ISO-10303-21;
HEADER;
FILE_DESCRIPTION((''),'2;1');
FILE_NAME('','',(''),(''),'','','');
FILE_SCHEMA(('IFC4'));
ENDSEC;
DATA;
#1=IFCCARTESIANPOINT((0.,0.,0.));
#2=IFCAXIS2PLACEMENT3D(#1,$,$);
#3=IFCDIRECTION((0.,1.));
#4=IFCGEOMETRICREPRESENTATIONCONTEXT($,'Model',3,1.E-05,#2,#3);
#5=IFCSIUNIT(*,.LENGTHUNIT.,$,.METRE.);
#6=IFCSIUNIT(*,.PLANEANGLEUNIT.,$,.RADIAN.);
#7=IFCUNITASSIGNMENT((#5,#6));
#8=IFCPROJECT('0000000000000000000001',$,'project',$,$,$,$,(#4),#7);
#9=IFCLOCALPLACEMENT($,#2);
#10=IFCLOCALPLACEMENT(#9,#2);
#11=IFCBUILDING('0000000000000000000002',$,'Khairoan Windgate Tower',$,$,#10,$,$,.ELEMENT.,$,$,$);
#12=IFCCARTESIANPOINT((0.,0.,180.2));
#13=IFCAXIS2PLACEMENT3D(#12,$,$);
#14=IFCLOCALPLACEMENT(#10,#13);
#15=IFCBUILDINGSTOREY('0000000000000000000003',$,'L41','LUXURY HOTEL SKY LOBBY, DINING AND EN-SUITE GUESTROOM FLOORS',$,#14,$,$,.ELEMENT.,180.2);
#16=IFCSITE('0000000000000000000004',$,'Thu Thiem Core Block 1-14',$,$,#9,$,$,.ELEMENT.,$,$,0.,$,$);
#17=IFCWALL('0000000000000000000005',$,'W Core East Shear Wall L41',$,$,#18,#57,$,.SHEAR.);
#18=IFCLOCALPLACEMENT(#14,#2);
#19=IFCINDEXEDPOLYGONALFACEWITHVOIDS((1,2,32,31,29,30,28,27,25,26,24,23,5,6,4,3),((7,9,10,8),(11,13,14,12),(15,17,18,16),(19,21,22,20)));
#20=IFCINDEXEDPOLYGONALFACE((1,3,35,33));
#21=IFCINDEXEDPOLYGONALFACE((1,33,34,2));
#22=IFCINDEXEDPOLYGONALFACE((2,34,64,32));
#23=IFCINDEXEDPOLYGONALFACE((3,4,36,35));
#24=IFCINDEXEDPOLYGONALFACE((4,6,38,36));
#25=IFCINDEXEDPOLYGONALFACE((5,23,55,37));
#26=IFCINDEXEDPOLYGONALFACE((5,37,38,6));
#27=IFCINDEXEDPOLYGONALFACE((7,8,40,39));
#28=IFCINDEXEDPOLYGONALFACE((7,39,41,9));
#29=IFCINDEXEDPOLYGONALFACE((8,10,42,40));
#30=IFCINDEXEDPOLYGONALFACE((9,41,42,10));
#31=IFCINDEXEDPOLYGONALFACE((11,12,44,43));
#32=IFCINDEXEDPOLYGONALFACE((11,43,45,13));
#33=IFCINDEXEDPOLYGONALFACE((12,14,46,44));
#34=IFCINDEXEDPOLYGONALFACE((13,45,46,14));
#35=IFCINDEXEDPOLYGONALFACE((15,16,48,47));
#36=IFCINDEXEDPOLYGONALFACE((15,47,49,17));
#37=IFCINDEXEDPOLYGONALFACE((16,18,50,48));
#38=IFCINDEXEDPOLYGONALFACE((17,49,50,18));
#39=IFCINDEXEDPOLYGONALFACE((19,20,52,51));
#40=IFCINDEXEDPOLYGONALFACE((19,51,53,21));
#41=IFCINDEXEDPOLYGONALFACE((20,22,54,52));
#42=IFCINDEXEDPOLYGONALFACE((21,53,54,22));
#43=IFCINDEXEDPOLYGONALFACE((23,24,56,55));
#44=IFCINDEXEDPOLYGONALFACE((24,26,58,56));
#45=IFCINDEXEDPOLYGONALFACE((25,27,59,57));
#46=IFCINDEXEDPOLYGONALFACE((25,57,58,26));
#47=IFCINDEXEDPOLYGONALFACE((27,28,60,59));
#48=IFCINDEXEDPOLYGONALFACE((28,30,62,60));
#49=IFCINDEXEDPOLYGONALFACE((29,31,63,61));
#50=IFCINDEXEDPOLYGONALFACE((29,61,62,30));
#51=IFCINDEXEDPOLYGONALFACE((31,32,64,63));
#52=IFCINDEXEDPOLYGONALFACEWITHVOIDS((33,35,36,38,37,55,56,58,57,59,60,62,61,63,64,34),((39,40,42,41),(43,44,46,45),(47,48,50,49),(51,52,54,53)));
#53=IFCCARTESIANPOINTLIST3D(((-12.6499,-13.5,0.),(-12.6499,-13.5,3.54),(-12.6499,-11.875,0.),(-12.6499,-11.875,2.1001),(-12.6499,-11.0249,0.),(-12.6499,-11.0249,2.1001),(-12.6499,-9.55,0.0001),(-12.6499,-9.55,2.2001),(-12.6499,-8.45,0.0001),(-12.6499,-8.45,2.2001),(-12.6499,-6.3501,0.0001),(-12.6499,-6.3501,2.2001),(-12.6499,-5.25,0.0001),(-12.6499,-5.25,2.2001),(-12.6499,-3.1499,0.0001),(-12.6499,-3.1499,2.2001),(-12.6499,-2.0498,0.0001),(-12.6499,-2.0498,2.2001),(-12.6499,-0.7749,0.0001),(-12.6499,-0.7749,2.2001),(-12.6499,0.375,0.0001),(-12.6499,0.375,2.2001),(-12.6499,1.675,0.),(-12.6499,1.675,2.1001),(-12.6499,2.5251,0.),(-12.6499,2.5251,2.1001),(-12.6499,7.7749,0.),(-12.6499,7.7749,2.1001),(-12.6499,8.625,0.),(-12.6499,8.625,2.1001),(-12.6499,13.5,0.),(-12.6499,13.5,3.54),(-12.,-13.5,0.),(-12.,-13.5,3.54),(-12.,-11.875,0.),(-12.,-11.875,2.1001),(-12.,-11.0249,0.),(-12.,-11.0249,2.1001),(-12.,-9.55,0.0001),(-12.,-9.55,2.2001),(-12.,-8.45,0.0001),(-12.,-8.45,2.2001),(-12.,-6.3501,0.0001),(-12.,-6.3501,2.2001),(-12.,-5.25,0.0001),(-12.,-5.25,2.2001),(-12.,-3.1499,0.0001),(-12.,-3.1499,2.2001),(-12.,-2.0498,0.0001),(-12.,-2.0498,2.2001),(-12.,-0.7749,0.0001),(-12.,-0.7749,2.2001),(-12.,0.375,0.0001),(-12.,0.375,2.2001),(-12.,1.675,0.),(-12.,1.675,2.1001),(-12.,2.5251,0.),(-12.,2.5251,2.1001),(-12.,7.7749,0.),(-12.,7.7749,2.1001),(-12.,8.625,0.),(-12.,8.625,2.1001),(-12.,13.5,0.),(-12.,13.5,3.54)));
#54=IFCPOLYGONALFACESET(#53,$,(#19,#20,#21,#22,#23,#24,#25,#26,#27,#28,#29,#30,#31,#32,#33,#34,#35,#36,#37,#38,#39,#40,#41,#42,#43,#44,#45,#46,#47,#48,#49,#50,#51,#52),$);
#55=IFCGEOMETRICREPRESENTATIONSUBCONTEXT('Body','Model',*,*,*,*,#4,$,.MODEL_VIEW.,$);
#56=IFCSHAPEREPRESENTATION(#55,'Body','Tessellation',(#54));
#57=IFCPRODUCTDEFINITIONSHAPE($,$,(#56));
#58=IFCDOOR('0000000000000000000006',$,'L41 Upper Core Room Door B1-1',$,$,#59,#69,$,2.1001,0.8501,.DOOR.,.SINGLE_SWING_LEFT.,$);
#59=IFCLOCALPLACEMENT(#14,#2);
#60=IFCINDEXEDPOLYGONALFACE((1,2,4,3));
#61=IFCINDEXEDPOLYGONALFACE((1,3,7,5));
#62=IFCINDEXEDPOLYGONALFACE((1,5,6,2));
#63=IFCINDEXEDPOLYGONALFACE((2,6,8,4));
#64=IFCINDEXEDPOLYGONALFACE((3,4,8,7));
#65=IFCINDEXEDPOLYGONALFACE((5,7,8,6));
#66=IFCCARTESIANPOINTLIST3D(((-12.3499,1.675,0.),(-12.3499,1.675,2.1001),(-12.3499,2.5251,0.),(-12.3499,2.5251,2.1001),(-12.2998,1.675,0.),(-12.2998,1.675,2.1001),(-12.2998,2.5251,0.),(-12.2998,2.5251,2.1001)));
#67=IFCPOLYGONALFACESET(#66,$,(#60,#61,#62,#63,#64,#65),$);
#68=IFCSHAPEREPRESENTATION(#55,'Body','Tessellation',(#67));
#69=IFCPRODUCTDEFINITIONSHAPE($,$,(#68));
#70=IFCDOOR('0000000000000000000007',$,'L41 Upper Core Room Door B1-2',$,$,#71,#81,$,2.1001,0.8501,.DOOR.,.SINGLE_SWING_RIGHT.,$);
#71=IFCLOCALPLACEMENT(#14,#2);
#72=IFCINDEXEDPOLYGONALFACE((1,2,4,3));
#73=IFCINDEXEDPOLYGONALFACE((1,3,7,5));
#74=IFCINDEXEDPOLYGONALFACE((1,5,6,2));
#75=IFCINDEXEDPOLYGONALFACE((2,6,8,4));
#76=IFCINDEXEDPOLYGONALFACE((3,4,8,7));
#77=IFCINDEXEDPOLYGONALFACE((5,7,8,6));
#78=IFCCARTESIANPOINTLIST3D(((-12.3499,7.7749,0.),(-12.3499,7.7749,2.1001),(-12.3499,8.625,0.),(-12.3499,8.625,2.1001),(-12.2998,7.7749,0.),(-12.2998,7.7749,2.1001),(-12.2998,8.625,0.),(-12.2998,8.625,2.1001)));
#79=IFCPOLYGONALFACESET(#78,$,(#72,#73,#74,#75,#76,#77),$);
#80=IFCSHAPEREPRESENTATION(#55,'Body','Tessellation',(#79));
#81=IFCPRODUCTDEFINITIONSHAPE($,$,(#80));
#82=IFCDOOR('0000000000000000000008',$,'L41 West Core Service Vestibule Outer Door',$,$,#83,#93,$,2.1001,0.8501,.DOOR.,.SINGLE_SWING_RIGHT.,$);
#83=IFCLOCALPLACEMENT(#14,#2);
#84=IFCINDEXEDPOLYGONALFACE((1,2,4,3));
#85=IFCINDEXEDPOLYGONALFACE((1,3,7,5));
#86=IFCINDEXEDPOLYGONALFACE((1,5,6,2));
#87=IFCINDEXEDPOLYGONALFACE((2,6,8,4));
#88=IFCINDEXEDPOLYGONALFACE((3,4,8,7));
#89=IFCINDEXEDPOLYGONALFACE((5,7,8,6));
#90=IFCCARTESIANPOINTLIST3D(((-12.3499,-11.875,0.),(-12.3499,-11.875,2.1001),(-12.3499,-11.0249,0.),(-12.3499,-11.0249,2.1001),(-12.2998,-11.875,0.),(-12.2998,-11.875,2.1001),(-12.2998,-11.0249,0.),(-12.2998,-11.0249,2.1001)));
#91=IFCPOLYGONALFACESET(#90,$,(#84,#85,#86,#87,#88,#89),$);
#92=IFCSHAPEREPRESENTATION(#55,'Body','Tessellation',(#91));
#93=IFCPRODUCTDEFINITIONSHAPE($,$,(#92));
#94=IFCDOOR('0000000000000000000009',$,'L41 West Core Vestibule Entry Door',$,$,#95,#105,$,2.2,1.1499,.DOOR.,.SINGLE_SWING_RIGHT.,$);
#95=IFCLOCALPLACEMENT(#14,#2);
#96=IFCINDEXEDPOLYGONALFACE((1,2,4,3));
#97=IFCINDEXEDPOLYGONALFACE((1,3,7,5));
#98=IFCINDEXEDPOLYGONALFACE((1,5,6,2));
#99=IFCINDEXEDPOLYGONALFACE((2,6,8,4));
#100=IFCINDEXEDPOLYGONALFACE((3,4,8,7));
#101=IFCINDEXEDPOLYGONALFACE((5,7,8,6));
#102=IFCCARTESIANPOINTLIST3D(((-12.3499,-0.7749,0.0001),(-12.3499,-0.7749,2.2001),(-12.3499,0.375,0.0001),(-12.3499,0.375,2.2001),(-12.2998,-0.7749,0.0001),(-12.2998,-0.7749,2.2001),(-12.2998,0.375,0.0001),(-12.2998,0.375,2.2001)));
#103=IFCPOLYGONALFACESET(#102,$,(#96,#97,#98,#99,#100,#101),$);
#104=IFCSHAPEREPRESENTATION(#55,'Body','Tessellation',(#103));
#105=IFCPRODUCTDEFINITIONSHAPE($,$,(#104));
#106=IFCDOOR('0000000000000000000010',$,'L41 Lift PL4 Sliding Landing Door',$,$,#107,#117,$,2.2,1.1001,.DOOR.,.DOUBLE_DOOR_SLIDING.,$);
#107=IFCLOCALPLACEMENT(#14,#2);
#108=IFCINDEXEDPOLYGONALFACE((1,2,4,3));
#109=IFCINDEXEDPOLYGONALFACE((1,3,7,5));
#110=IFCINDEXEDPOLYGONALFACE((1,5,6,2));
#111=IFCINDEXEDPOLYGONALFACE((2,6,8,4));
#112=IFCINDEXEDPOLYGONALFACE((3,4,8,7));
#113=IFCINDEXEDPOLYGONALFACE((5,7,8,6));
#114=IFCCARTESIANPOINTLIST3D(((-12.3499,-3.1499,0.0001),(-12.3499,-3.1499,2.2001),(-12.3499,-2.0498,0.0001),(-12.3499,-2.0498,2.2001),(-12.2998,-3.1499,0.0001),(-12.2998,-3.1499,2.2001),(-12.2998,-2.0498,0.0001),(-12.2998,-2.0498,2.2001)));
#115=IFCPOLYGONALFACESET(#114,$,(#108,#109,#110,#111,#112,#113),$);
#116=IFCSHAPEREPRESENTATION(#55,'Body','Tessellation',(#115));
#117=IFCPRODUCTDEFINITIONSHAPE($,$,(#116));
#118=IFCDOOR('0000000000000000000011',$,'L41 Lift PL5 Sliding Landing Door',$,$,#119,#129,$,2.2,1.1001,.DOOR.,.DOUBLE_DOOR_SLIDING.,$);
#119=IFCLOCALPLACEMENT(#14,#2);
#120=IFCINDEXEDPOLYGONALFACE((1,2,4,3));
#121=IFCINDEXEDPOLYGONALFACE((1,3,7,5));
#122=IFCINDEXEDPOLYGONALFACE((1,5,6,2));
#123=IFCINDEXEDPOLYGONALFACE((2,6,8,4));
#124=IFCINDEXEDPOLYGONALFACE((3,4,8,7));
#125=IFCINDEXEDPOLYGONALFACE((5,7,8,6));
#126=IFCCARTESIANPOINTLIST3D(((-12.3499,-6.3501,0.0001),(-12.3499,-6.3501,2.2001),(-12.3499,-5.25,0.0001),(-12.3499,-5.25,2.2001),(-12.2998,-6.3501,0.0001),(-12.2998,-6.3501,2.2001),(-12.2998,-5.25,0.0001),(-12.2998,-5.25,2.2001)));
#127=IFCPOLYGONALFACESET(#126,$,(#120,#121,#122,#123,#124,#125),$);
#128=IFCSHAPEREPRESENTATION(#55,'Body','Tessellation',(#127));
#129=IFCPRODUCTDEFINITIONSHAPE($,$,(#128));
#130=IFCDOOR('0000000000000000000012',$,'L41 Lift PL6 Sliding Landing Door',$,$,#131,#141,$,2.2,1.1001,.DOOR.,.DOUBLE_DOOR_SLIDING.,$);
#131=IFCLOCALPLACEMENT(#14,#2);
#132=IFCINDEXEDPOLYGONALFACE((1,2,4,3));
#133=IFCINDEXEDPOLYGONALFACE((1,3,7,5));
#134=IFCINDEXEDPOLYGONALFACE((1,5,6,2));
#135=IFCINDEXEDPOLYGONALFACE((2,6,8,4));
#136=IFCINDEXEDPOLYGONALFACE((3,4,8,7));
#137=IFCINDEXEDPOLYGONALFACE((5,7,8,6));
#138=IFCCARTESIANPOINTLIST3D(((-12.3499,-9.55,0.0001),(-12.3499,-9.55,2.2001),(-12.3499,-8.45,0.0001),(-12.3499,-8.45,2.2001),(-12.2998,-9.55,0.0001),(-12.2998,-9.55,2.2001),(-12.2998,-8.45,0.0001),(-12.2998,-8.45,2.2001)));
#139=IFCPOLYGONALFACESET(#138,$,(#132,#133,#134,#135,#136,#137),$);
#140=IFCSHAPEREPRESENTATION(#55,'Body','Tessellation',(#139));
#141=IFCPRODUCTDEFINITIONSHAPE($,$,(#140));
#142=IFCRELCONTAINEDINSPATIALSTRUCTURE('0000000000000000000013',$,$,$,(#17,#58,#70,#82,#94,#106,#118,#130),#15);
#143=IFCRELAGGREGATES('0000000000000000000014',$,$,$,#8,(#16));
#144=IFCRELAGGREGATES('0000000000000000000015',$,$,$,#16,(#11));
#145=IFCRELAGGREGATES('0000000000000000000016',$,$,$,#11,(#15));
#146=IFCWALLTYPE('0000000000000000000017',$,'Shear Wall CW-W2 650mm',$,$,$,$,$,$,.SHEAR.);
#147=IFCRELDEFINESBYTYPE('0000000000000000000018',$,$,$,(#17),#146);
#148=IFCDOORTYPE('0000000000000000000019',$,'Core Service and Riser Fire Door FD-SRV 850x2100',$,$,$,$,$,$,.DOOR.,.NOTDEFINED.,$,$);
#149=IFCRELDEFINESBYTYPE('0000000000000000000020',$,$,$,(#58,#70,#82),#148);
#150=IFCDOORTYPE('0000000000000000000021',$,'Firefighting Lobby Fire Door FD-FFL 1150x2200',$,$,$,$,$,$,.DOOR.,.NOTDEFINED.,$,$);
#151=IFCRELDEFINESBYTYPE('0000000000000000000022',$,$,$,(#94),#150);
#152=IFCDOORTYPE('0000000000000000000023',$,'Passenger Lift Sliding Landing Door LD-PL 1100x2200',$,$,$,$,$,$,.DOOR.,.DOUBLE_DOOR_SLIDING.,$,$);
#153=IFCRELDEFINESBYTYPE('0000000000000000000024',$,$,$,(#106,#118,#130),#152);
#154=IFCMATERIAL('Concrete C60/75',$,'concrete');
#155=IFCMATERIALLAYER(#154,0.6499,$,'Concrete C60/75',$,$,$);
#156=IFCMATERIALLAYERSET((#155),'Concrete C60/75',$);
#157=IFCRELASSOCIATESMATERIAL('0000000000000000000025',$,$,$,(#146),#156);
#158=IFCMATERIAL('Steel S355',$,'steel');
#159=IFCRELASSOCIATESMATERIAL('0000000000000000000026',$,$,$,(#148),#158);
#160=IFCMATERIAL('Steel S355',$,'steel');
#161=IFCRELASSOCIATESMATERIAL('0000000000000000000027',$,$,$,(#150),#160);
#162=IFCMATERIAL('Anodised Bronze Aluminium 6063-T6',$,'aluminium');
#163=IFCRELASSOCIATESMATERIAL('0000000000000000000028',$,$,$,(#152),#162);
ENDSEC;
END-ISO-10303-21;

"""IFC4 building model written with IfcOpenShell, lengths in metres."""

from ifc_helpers import new_model, si_unit, direction, frame, frame_2d, origin, place, context, subcontext, project, spatial, rectangle, extrude, material, layer, layer_set, type_object, element, fill, save


model = new_model("IFC4")

# Units and contexts
model_context = context("Model", 3, precision=1e-05, world=origin(), true_north=direction((0.0, 1.0)))
body_context = subcontext(model_context, "Body", "Model", "MODEL_VIEW")
ifc_project = project(units=[si_unit("LENGTHUNIT", "METRE"), si_unit("PLANEANGLEUNIT", "RADIAN")], contexts=[model_context])

# Site, building, storey
site_placement = place(None, origin())
site = spatial("IfcSite", under=ifc_project, at=site_placement, Name="Thu Thiem Core Block 1-14", CompositionType="ELEMENT", RefElevation=0.0)
building_placement = place(site_placement, origin())
building = spatial("IfcBuilding", under=site, at=building_placement, Name="Khairoan Windgate Tower", CompositionType="ELEMENT")
storey_placement = place(building_placement, frame((0.0, 0.0, 180.2)))
storey = spatial("IfcBuildingStorey", under=building, at=storey_placement, Name="L41", Description="LUXURY HOTEL SKY LOBBY, DINING AND EN-SUITE GUESTROOM FLOORS", CompositionType="ELEMENT", Elevation=180.2)

# Wall, openings, doors
ifc_material_1 = material(Name="Concrete C60/75", Category="concrete")
ifc_layer_1 = layer(ifc_material_1, 0.6499, Name="Concrete C60/75")
ifc_layer_set_1 = layer_set([ifc_layer_1], Name="Concrete C60/75")
wall_type_1 = type_object("IfcWallType", Name="Shear Wall CW-W2 650mm", PredefinedType="SHEAR", material=ifc_layer_set_1)
wall_1_placement = place(storey_placement, frame((-12.325, -13.5, 0.0), z_axis=(0.0, 0.0, 1.0), x_axis=(0.0, 1.0, 0.0)))
wall_1 = element("IfcWall", 1, at=wall_1_placement, inside=storey, type_object=wall_type_1, Name="W Core East Shear Wall L41", PredefinedType="SHEAR", context=body_context, shape_type="SweptSolid", body=[
    extrude(rectangle(XDim=27.0, YDim=0.6499, at=frame_2d((13.5, 0.0))), origin(), (0.0, 0.0, 1.0), 3.54),
])
opening_1_placement = place(wall_1_placement, frame((10.3501, 0.0, 0.0)))
opening_1 = element("IfcOpeningElement", 2, at=opening_1_placement, cuts=wall_1, PredefinedType="OPENING", context=body_context, shape_type="SweptSolid", body=[
    extrude(rectangle(XDim=1.1001, YDim=2.2, at=frame_2d((0.55, 1.1001))), frame((0.0, 0.335, 0.0), z_axis=(0.0, -1.0, 0.0), x_axis=(1.0, 0.0, 0.0)), (0.0, 0.0, 1.0), 0.6699),
])
opening_2_placement = place(wall_1_placement, frame((7.1499, 0.0, 0.0)))
opening_2 = element("IfcOpeningElement", 3, at=opening_2_placement, cuts=wall_1, PredefinedType="OPENING", context=body_context, shape_type="SweptSolid", body=[
    extrude(rectangle(XDim=1.1001, YDim=2.2, at=frame_2d((0.55, 1.1001))), frame((0.0, 0.335, 0.0), z_axis=(0.0, -1.0, 0.0), x_axis=(1.0, 0.0, 0.0)), (0.0, 0.0, 1.0), 0.6699),
])
opening_3_placement = place(wall_1_placement, frame((3.95, 0.0, 0.0)))
opening_3 = element("IfcOpeningElement", 4, at=opening_3_placement, cuts=wall_1, PredefinedType="OPENING", context=body_context, shape_type="SweptSolid", body=[
    extrude(rectangle(XDim=1.1001, YDim=2.2, at=frame_2d((0.55, 1.1001))), frame((0.0, 0.335, 0.0), z_axis=(0.0, -1.0, 0.0), x_axis=(1.0, 0.0, 0.0)), (0.0, 0.0, 1.0), 0.6699),
])
opening_4_placement = place(wall_1_placement, frame((15.175, 0.0, 0.0)))
opening_4 = element("IfcOpeningElement", 5, at=opening_4_placement, cuts=wall_1, PredefinedType="OPENING", context=body_context, shape_type="SweptSolid", body=[
    extrude(rectangle(XDim=0.8501, YDim=2.1001, at=frame_2d((0.425, 1.05))), frame((0.0, 0.335, 0.0), z_axis=(0.0, -1.0, 0.0), x_axis=(1.0, 0.0, 0.0)), (0.0, 0.0, 1.0), 0.6699),
])
opening_5_placement = place(wall_1_placement, frame((21.2749, 0.0, 0.0)))
opening_5 = element("IfcOpeningElement", 6, at=opening_5_placement, cuts=wall_1, PredefinedType="OPENING", context=body_context, shape_type="SweptSolid", body=[
    extrude(rectangle(XDim=0.8501, YDim=2.1001, at=frame_2d((0.425, 1.05))), frame((0.0, 0.335, 0.0), z_axis=(0.0, -1.0, 0.0), x_axis=(1.0, 0.0, 0.0)), (0.0, 0.0, 1.0), 0.6699),
])
opening_6_placement = place(wall_1_placement, frame((12.7251, 0.0, 0.0)))
opening_6 = element("IfcOpeningElement", 7, at=opening_6_placement, cuts=wall_1, PredefinedType="OPENING", context=body_context, shape_type="SweptSolid", body=[
    extrude(rectangle(XDim=1.1499, YDim=2.2, at=frame_2d((0.575, 1.1001))), frame((0.0, 0.335, 0.0), z_axis=(0.0, -1.0, 0.0), x_axis=(1.0, 0.0, 0.0)), (0.0, 0.0, 1.0), 0.6699),
])
opening_7_placement = place(wall_1_placement, frame((1.625, 0.0, 0.0)))
opening_7 = element("IfcOpeningElement", 8, at=opening_7_placement, cuts=wall_1, PredefinedType="OPENING", context=body_context, shape_type="SweptSolid", body=[
    extrude(rectangle(XDim=0.8501, YDim=2.1001, at=frame_2d((0.425, 1.05))), frame((0.0, 0.335, 0.0), z_axis=(0.0, -1.0, 0.0), x_axis=(1.0, 0.0, 0.0)), (0.0, 0.0, 1.0), 0.6699),
])
ifc_material_2 = material(Name="Steel S355", Category="steel")
door_type_1 = type_object("IfcDoorType", Name="Core Service and Riser Fire Door FD-SRV 850x2100", OperationType="NOTDEFINED", PredefinedType="DOOR", material=ifc_material_2)
door_1_placement = place(opening_4_placement, origin())
door_1 = element("IfcDoor", 9, at=door_1_placement, inside=storey, type_object=door_type_1, Name="L41 Upper Core Room Door B1-1", OperationType="SINGLE_SWING_LEFT", OverallHeight=2.1001, OverallWidth=0.8501, PredefinedType="DOOR", context=body_context, shape_type="SweptSolid", body=[
    extrude(rectangle(XDim=0.8501, YDim=2.1001, at=frame_2d((0.425, 1.05))), frame((0.0, 0.0249, 0.0), z_axis=(0.0, -1.0, 0.0), x_axis=(1.0, 0.0, 0.0)), (0.0, 0.0, 1.0), 0.05),
])
fill(opening_4, door_1)
door_2_placement = place(opening_5_placement, origin())
door_2 = element("IfcDoor", 10, at=door_2_placement, inside=storey, type_object=door_type_1, Name="L41 Upper Core Room Door B1-2", OperationType="SINGLE_SWING_RIGHT", OverallHeight=2.1001, OverallWidth=0.8501, PredefinedType="DOOR", context=body_context, shape_type="SweptSolid", body=[
    extrude(rectangle(XDim=0.8501, YDim=2.1001, at=frame_2d((0.425, 1.05))), frame((0.0, 0.0249, 0.0), z_axis=(0.0, -1.0, 0.0), x_axis=(1.0, 0.0, 0.0)), (0.0, 0.0, 1.0), 0.05),
])
fill(opening_5, door_2)
door_3_placement = place(opening_7_placement, origin())
door_3 = element("IfcDoor", 11, at=door_3_placement, inside=storey, type_object=door_type_1, Name="L41 West Core Service Vestibule Outer Door", OperationType="SINGLE_SWING_RIGHT", OverallHeight=2.1001, OverallWidth=0.8501, PredefinedType="DOOR", context=body_context, shape_type="SweptSolid", body=[
    extrude(rectangle(XDim=0.8501, YDim=2.1001, at=frame_2d((0.425, 1.05))), frame((0.0, 0.0249, 0.0), z_axis=(0.0, -1.0, 0.0), x_axis=(1.0, 0.0, 0.0)), (0.0, 0.0, 1.0), 0.05),
])
fill(opening_7, door_3)
ifc_material_3 = material(Name="Steel S355", Category="steel")
door_type_2 = type_object("IfcDoorType", Name="Firefighting Lobby Fire Door FD-FFL 1150x2200", OperationType="NOTDEFINED", PredefinedType="DOOR", material=ifc_material_3)
door_4_placement = place(opening_6_placement, origin())
door_4 = element("IfcDoor", 12, at=door_4_placement, inside=storey, type_object=door_type_2, Name="L41 West Core Vestibule Entry Door", OperationType="SINGLE_SWING_RIGHT", OverallHeight=2.2, OverallWidth=1.1499, PredefinedType="DOOR", context=body_context, shape_type="SweptSolid", body=[
    extrude(rectangle(XDim=1.1499, YDim=2.2, at=frame_2d((0.575, 1.1001))), frame((0.0, 0.0249, 0.0), z_axis=(0.0, -1.0, 0.0), x_axis=(1.0, 0.0, 0.0)), (0.0, 0.0, 1.0), 0.05),
])
fill(opening_6, door_4)
ifc_material_4 = material(Name="Anodised Bronze Aluminium 6063-T6", Category="aluminium")
door_type_3 = type_object("IfcDoorType", Name="Passenger Lift Sliding Landing Door LD-PL 1100x2200", OperationType="DOUBLE_DOOR_SLIDING", PredefinedType="DOOR", material=ifc_material_4)
door_5_placement = place(opening_1_placement, origin())
door_5 = element("IfcDoor", 13, at=door_5_placement, inside=storey, type_object=door_type_3, Name="L41 Lift PL4 Sliding Landing Door", OperationType="DOUBLE_DOOR_SLIDING", OverallHeight=2.2, OverallWidth=1.1001, PredefinedType="DOOR", context=body_context, shape_type="SweptSolid", body=[
    extrude(rectangle(XDim=1.1001, YDim=2.2, at=frame_2d((0.55, 1.1001))), frame((0.0, 0.0249, 0.0), z_axis=(0.0, -1.0, 0.0), x_axis=(1.0, 0.0, 0.0)), (0.0, 0.0, 1.0), 0.05),
])
fill(opening_1, door_5)
door_6_placement = place(opening_2_placement, origin())
door_6 = element("IfcDoor", 14, at=door_6_placement, inside=storey, type_object=door_type_3, Name="L41 Lift PL5 Sliding Landing Door", OperationType="DOUBLE_DOOR_SLIDING", OverallHeight=2.2, OverallWidth=1.1001, PredefinedType="DOOR", context=body_context, shape_type="SweptSolid", body=[
    extrude(rectangle(XDim=1.1001, YDim=2.2, at=frame_2d((0.55, 1.1001))), frame((0.0, 0.0249, 0.0), z_axis=(0.0, -1.0, 0.0), x_axis=(1.0, 0.0, 0.0)), (0.0, 0.0, 1.0), 0.05),
])
fill(opening_2, door_6)
door_7_placement = place(opening_3_placement, origin())
door_7 = element("IfcDoor", 15, at=door_7_placement, inside=storey, type_object=door_type_3, Name="L41 Lift PL6 Sliding Landing Door", OperationType="DOUBLE_DOOR_SLIDING", OverallHeight=2.2, OverallWidth=1.1001, PredefinedType="DOOR", context=body_context, shape_type="SweptSolid", body=[
    extrude(rectangle(XDim=1.1001, YDim=2.2, at=frame_2d((0.55, 1.1001))), frame((0.0, 0.0249, 0.0), z_axis=(0.0, -1.0, 0.0), x_axis=(1.0, 0.0, 0.0)), (0.0, 0.0, 1.0), 0.05),
])
fill(opening_3, door_7)

save(model, "model.ifc")
